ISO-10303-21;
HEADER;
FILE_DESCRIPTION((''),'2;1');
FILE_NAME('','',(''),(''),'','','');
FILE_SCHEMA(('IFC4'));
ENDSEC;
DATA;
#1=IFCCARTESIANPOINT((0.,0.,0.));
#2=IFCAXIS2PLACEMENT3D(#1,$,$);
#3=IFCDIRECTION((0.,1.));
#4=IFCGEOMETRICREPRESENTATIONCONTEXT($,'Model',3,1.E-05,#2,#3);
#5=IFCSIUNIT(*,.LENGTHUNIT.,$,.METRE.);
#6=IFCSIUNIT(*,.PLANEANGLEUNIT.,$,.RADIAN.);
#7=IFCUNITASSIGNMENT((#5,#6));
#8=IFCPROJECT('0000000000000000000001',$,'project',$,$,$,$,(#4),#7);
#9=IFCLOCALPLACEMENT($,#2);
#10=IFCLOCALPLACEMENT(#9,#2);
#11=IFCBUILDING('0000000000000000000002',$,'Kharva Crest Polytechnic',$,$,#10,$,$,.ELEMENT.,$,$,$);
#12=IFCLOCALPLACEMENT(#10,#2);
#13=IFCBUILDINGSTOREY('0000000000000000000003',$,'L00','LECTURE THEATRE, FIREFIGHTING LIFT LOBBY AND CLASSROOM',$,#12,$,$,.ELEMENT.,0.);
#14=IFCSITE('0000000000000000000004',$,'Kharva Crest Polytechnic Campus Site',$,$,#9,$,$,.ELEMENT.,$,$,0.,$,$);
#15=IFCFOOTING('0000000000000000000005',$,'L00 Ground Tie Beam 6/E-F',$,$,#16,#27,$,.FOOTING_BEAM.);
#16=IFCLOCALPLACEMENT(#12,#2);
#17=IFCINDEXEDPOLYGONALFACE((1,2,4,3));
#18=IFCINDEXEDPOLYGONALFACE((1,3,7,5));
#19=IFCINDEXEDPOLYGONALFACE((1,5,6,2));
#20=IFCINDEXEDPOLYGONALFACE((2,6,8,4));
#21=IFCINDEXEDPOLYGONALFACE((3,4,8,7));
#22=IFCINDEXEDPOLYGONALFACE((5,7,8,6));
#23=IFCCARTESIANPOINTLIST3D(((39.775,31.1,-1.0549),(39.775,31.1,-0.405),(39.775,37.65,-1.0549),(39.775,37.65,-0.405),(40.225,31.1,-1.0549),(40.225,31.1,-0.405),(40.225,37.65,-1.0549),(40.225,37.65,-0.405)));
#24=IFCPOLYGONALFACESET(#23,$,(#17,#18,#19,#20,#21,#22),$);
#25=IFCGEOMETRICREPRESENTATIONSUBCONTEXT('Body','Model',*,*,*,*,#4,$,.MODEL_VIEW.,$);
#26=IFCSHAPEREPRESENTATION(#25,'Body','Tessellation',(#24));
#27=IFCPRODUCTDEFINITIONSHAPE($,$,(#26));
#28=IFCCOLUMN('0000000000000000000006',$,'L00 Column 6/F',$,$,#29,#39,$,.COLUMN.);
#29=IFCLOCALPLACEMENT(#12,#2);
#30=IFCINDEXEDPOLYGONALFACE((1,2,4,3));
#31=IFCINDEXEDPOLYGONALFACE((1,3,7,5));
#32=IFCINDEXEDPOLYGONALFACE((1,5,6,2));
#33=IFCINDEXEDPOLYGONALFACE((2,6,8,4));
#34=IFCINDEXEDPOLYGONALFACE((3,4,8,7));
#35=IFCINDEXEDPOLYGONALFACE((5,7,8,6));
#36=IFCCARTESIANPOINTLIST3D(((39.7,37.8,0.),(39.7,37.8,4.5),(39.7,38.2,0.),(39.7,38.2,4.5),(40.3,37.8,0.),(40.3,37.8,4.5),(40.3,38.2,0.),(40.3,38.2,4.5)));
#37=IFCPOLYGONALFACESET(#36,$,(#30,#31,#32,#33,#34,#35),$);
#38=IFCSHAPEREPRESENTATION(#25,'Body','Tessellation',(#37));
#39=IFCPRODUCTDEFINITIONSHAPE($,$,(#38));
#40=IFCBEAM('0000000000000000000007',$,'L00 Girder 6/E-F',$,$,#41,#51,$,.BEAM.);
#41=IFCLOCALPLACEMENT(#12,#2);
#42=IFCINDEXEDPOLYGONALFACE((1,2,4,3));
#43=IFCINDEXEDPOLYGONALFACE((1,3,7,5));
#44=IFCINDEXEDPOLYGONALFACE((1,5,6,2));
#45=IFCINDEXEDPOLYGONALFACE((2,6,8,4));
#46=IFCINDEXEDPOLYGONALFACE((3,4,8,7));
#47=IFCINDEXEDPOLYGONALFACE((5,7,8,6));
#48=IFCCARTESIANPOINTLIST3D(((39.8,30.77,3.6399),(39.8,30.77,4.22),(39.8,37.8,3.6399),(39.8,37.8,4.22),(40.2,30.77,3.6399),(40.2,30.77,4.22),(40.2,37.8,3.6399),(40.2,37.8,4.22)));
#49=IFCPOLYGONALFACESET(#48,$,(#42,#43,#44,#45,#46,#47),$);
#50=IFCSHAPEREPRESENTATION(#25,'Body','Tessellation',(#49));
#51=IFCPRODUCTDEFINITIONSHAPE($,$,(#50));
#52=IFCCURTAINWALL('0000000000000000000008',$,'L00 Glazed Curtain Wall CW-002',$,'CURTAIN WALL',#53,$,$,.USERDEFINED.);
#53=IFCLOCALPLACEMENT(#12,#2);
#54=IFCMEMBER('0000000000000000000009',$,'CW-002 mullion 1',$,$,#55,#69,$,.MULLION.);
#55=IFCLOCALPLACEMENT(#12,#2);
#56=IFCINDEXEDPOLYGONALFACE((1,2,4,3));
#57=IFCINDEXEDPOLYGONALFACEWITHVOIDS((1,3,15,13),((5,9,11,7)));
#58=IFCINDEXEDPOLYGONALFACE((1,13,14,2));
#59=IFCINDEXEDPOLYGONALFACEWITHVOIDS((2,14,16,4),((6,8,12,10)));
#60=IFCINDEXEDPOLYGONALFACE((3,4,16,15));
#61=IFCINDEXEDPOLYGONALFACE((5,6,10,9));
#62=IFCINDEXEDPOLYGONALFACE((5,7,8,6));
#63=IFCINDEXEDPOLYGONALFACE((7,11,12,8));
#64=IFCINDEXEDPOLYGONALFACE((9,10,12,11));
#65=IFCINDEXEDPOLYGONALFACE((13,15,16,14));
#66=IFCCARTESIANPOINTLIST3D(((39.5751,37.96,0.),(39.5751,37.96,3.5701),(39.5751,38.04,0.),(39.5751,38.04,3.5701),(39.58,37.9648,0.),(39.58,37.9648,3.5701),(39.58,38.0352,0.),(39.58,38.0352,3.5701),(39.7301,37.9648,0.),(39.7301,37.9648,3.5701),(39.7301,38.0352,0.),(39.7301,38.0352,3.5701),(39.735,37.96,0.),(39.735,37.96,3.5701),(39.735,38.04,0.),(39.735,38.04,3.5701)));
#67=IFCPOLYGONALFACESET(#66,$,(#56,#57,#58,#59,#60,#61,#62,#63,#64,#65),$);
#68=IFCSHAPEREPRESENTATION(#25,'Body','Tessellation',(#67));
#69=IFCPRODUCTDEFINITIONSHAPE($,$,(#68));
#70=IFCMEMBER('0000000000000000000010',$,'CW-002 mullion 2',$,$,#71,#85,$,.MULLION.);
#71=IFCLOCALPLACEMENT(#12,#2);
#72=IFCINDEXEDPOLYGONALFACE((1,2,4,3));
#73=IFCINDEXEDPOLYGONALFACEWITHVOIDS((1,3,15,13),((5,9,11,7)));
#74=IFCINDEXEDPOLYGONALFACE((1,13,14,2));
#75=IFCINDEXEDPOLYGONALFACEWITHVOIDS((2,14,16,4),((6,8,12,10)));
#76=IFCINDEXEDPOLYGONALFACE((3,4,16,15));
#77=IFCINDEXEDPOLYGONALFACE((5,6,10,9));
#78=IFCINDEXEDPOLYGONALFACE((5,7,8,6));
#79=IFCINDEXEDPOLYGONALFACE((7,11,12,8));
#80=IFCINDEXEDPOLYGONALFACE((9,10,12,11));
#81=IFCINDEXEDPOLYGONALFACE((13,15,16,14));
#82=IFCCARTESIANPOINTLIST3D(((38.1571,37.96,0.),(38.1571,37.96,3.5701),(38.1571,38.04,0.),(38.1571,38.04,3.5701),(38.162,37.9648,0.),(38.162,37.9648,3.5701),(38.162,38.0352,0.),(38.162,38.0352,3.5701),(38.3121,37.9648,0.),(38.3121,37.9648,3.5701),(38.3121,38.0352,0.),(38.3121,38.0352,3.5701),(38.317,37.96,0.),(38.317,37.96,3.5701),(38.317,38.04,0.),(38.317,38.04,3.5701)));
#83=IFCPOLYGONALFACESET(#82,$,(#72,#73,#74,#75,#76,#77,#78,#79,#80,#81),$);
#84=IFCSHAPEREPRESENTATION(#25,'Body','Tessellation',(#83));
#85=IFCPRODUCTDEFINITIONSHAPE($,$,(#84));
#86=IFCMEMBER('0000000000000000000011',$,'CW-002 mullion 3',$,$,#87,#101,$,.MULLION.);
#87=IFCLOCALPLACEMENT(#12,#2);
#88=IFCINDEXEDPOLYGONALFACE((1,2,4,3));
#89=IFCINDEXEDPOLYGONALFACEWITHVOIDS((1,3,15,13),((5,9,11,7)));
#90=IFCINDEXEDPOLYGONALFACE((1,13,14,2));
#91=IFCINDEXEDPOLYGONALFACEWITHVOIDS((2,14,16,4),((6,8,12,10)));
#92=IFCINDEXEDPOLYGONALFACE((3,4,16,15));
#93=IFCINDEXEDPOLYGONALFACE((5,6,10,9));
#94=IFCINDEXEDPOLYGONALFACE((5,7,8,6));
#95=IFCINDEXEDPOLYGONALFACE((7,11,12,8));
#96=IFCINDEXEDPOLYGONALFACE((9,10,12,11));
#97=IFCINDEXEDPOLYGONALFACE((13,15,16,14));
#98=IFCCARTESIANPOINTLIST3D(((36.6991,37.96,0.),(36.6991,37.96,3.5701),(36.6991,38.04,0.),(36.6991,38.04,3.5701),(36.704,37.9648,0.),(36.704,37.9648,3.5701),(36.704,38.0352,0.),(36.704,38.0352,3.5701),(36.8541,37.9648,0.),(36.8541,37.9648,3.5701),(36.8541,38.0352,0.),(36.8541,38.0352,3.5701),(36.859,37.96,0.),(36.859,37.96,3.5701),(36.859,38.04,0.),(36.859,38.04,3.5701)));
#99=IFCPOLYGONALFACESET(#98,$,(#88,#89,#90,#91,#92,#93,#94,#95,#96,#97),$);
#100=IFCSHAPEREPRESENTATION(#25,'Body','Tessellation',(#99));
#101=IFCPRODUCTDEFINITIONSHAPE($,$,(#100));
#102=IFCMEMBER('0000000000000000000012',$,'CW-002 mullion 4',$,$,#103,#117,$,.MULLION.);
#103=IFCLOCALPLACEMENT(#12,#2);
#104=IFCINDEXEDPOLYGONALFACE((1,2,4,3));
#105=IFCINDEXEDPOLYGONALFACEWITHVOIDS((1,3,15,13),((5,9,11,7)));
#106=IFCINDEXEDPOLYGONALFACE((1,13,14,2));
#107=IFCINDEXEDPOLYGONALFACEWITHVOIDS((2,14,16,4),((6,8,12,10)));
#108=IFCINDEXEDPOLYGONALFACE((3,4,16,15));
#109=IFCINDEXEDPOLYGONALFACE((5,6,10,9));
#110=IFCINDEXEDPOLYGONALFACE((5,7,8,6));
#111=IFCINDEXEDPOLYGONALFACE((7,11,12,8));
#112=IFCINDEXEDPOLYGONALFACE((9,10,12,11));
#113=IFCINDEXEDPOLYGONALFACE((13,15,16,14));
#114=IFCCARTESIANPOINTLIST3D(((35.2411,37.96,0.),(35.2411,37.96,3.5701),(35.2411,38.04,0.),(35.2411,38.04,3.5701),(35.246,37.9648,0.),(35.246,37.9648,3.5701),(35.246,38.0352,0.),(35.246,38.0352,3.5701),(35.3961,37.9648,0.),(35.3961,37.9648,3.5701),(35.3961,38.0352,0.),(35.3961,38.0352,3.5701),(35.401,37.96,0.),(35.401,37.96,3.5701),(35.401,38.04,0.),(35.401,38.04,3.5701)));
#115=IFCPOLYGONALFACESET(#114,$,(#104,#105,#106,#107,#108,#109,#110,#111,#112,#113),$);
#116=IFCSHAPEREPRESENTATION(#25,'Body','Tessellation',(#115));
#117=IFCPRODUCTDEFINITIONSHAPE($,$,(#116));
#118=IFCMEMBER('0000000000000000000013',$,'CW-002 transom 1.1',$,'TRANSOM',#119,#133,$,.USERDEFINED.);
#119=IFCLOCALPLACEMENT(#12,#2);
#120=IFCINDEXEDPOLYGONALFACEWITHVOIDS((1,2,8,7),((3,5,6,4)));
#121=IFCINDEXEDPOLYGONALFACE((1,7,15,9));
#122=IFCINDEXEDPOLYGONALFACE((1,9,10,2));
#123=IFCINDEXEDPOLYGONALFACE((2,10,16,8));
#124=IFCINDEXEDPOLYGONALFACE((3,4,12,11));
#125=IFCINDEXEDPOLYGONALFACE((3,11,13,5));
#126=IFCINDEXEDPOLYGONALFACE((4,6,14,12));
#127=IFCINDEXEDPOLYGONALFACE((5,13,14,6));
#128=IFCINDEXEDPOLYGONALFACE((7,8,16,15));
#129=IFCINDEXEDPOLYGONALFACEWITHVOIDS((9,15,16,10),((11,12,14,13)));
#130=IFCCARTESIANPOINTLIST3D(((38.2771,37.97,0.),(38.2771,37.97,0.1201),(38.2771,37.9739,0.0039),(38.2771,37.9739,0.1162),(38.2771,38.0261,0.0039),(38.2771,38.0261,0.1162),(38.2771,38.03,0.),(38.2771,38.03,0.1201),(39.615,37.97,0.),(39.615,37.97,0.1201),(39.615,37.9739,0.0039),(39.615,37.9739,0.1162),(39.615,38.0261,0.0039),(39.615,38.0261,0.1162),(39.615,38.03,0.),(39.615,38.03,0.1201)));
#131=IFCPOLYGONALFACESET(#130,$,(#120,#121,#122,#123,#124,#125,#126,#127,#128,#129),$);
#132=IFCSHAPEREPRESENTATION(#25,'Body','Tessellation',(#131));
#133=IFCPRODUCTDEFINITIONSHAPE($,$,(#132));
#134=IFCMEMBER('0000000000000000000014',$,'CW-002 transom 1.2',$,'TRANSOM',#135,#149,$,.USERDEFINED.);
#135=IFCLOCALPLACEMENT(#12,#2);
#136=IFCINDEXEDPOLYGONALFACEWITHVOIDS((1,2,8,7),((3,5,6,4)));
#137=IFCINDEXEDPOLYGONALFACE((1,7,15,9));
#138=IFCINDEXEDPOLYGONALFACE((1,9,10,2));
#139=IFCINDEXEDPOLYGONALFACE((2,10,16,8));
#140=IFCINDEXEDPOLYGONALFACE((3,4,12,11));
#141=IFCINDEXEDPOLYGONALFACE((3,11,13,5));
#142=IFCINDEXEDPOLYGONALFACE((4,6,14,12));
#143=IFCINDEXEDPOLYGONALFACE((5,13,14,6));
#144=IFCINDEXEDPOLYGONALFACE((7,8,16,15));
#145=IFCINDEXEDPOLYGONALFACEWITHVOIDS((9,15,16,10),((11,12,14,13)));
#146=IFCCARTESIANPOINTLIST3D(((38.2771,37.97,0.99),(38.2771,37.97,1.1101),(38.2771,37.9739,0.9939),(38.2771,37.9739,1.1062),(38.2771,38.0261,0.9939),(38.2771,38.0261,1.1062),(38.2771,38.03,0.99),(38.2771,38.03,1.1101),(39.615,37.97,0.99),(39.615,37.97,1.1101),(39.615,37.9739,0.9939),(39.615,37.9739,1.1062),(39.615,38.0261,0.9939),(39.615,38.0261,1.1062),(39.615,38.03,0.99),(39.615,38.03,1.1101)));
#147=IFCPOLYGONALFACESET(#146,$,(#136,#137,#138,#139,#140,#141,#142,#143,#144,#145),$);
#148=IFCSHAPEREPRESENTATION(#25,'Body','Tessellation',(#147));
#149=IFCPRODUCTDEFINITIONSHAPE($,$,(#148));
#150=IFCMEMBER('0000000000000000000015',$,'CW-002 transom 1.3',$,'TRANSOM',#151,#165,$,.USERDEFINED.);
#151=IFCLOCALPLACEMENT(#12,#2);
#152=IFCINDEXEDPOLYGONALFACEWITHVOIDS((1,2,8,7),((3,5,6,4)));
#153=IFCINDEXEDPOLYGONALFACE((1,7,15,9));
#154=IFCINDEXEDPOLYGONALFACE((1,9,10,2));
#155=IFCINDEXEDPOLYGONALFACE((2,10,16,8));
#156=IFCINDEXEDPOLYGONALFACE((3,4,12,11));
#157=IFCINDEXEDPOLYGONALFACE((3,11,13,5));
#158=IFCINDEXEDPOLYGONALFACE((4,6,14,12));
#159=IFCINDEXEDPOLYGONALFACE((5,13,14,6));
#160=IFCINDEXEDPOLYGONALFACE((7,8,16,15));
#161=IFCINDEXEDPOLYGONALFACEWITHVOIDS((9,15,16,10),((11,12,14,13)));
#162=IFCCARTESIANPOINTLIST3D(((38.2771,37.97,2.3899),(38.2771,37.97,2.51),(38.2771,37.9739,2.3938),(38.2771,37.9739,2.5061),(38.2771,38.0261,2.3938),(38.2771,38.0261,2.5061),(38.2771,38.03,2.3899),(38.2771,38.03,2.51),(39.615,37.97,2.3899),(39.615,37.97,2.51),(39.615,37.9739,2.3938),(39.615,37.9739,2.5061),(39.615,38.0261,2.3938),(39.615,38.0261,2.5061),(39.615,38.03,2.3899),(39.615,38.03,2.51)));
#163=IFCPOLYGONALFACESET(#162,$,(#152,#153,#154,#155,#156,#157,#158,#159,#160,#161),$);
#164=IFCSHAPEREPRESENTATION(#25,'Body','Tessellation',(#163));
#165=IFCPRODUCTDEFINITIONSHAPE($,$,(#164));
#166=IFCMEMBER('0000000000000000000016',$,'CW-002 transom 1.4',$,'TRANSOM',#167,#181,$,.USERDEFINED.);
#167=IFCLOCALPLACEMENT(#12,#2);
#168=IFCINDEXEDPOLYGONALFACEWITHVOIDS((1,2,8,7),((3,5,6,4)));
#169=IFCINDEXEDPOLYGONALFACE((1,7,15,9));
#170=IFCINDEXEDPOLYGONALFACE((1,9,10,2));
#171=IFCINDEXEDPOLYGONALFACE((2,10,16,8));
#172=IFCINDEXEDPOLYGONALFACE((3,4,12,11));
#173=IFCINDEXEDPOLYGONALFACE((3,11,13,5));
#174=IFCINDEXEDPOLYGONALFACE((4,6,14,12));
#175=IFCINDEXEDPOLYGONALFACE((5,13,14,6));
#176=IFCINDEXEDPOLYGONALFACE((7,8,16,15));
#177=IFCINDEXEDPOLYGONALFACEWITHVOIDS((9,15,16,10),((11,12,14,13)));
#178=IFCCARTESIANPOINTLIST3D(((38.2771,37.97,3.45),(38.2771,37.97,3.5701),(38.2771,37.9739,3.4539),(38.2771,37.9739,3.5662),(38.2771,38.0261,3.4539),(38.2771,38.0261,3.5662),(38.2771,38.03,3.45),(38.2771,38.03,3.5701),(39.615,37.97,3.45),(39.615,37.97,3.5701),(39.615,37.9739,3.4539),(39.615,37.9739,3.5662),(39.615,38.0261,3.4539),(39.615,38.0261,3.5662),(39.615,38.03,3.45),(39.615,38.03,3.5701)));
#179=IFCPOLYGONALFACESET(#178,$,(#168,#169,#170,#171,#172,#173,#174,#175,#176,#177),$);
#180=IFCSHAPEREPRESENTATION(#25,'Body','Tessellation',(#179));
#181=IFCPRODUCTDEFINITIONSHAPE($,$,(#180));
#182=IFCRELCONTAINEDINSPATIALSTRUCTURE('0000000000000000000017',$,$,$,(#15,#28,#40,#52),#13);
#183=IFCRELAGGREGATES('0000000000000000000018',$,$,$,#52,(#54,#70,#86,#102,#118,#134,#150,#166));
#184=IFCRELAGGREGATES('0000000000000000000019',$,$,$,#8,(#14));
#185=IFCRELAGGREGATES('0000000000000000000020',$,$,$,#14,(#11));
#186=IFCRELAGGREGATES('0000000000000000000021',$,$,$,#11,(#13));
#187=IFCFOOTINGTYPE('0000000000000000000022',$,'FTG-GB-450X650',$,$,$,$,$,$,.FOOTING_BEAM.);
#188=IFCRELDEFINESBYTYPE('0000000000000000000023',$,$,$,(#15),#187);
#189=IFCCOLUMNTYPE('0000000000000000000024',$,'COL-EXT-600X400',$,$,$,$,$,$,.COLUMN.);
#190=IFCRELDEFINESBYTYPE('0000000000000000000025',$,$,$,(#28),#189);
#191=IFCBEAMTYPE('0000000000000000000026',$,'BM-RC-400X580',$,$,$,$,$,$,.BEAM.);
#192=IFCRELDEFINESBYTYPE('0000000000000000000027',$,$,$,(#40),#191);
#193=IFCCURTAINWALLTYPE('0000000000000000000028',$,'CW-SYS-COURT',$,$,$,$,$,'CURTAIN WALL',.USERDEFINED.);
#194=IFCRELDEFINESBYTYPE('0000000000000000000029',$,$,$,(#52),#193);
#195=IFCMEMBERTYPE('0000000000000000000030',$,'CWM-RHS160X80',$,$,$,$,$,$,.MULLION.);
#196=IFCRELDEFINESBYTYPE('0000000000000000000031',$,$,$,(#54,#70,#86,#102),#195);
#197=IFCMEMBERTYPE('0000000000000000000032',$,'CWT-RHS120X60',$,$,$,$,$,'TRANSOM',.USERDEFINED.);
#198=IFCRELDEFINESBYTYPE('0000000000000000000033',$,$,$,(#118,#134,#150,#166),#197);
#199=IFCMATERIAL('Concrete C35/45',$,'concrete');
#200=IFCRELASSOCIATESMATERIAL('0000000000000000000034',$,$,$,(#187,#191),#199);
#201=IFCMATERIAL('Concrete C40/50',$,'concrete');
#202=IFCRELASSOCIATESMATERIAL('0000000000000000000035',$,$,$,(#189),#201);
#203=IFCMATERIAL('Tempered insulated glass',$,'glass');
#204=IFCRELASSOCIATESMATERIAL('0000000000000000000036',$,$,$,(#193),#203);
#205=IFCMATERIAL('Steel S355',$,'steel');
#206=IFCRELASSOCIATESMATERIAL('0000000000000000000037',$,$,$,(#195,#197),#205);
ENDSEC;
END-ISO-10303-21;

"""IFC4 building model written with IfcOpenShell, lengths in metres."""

from ifc_helpers import new_model, si_unit, direction, frame, origin, origin_2d, place, context, subcontext, project, spatial, rectangle, hollow_rectangle, extrude, material, material_profile, profile_set, type_object, element, aggregate, save


model = new_model("IFC4")

# Units and contexts
model_context = context("Model", 3, precision=1e-05, world=origin(), true_north=direction((0.0, 1.0)))
body_context = subcontext(model_context, "Body", "Model", "MODEL_VIEW")
ifc_project = project(units=[si_unit("LENGTHUNIT", "METRE"), si_unit("PLANEANGLEUNIT", "RADIAN")], contexts=[model_context])

# Site, building, storey
site_placement = place(None, origin())
site = spatial("IfcSite", under=ifc_project, at=site_placement, Name="Kharva Crest Polytechnic Campus Site", CompositionType="ELEMENT", RefElevation=0.0)
building_placement = place(site_placement, origin())
building = spatial("IfcBuilding", under=site, at=building_placement, Name="Kharva Crest Polytechnic", CompositionType="ELEMENT")
storey_placement = place(building_placement, origin())
storey = spatial("IfcBuildingStorey", under=building, at=storey_placement, Name="L00", Description="LECTURE THEATRE, FIREFIGHTING LIFT LOBBY AND CLASSROOM", CompositionType="ELEMENT", Elevation=0.0)

# Footing
ifc_material_1 = material(Name="Concrete C35/45", Category="concrete")
footing_type = type_object("IfcFootingType", Name="FTG-GB-450X650", PredefinedType="FOOTING_BEAM", material=ifc_material_1)
footing_placement = place(storey_placement, frame((40.0, 34.375, -1.0549), z_axis=(0.0, 0.0, 1.0), x_axis=(0.0, 1.0, 0.0)))
element("IfcFooting", 1, at=footing_placement, inside=storey, type_object=footing_type, Name="L00 Ground Tie Beam 6/E-F", PredefinedType="FOOTING_BEAM", context=body_context, shape_type="SweptSolid", body=[
    extrude(rectangle(XDim=6.55, YDim=0.45, at=origin_2d()), origin(), (0.0, 0.0, 1.0), 0.6499),
])

# Column
ifc_material_2 = material(Name="Concrete C40/50", Category="concrete")
ifc_material_profile_1 = material_profile(ifc_material_2, rectangle(XDim=0.6001, YDim=0.3999, at=origin_2d()), Name="RECT 600 X 400")
ifc_profile_set_1 = profile_set([ifc_material_profile_1], Name="Concrete C40/50")
column_type = type_object("IfcColumnType", Name="COL-EXT-600X400", PredefinedType="COLUMN", material=ifc_profile_set_1)
column_placement = place(storey_placement, frame((40.0, 38.0, 0.0), z_axis=(0.0, 0.0, 1.0), x_axis=(1.0, 0.0, 0.0)))
element("IfcColumn", 2, at=column_placement, inside=storey, type_object=column_type, Name="L00 Column 6/F", PredefinedType="COLUMN", context=body_context, shape_type="SweptSolid", body=[
    extrude(rectangle(XDim=0.6001, YDim=0.3999, at=origin_2d()), origin(), (0.0, 0.0, 1.0), 4.5),
])

# Beam
ifc_material_profile_2 = material_profile(ifc_material_1, rectangle(XDim=0.3999, YDim=0.5801, at=origin_2d()), Name="RECT 400 X 580")
ifc_profile_set_2 = profile_set([ifc_material_profile_2], Name="Concrete C35/45")
beam_type = type_object("IfcBeamType", Name="BM-RC-400X580", PredefinedType="BEAM", material=ifc_profile_set_2)
beam_placement = place(storey_placement, frame((40.0, 30.77, 3.9299), z_axis=(0.0, 1.0, 0.0), x_axis=(-1.0, 0.0, 0.0)))
element("IfcBeam", 3, at=beam_placement, inside=storey, type_object=beam_type, Name="L00 Girder 6/E-F", PredefinedType="BEAM", context=body_context, shape_type="SweptSolid", body=[
    extrude(rectangle(XDim=0.3999, YDim=0.5801, at=origin_2d()), origin(), (0.0, 0.0, 1.0), 7.03),
])

# Curtain wall, members
ifc_material_3 = material(Name="Tempered insulated glass", Category="glass")
curtain_wall_type = type_object("IfcCurtainWallType", Name="CW-SYS-COURT", ElementType="CURTAIN WALL", PredefinedType="USERDEFINED", material=ifc_material_3)
curtain_wall_placement = place(storey_placement, origin())
curtain_wall = element("IfcCurtainWall", 4, at=curtain_wall_placement, inside=storey, type_object=curtain_wall_type, Name="L00 Glazed Curtain Wall CW-002", ObjectType="CURTAIN WALL", PredefinedType="USERDEFINED")
ifc_material_4 = material(Name="Steel S355", Category="steel")
ifc_material_profile_3 = material_profile(ifc_material_4, hollow_rectangle(XDim=0.0801, YDim=0.1599, WallThickness=0.0049, at=origin_2d()), Name="RHS 160X80X5.0")
ifc_profile_set_3 = profile_set([ifc_material_profile_3], Name="Steel S355")
member_type_1 = type_object("IfcMemberType", Name="CWM-RHS160X80", PredefinedType="MULLION", material=ifc_profile_set_3)
member_1_placement = place(storey_placement, frame((39.655, 38.0, 0.0), z_axis=(0.0, 0.0, 1.0), x_axis=(0.0, -1.0, 0.0)))
member_1 = element("IfcMember", 5, at=member_1_placement, type_object=member_type_1, Name="CW-002 mullion 1", PredefinedType="MULLION", context=body_context, shape_type="SweptSolid", body=[
    extrude(hollow_rectangle(XDim=0.0801, YDim=0.1599, WallThickness=0.0049, at=origin_2d()), origin(), (0.0, 0.0, 1.0), 3.5701),
])
member_2_placement = place(storey_placement, frame((38.2371, 38.0, 0.0), z_axis=(0.0, 0.0, 1.0), x_axis=(0.0, -1.0, 0.0)))
member_2 = element("IfcMember", 6, at=member_2_placement, type_object=member_type_1, Name="CW-002 mullion 2", PredefinedType="MULLION", context=body_context, shape_type="SweptSolid", body=[
    extrude(hollow_rectangle(XDim=0.0801, YDim=0.1599, WallThickness=0.0049, at=origin_2d()), origin(), (0.0, 0.0, 1.0), 3.5701),
])
member_3_placement = place(storey_placement, frame((36.7791, 38.0, 0.0), z_axis=(0.0, 0.0, 1.0), x_axis=(0.0, -1.0, 0.0)))
member_3 = element("IfcMember", 7, at=member_3_placement, type_object=member_type_1, Name="CW-002 mullion 3", PredefinedType="MULLION", context=body_context, shape_type="SweptSolid", body=[
    extrude(hollow_rectangle(XDim=0.0801, YDim=0.1599, WallThickness=0.0049, at=origin_2d()), origin(), (0.0, 0.0, 1.0), 3.5701),
])
member_4_placement = place(storey_placement, frame((35.321, 38.0, 0.0), z_axis=(0.0, 0.0, 1.0), x_axis=(0.0, -1.0, 0.0)))
member_4 = element("IfcMember", 8, at=member_4_placement, type_object=member_type_1, Name="CW-002 mullion 4", PredefinedType="MULLION", context=body_context, shape_type="SweptSolid", body=[
    extrude(hollow_rectangle(XDim=0.0801, YDim=0.1599, WallThickness=0.0049, at=origin_2d()), origin(), (0.0, 0.0, 1.0), 3.5701),
])
ifc_material_profile_4 = material_profile(ifc_material_4, hollow_rectangle(XDim=0.0601, YDim=0.1201, WallThickness=0.0039, at=origin_2d()), Name="RHS 120X60X4.0")
ifc_profile_set_4 = profile_set([ifc_material_profile_4], Name="Steel S355")
member_type_2 = type_object("IfcMemberType", Name="CWT-RHS120X60", ElementType="TRANSOM", PredefinedType="USERDEFINED", material=ifc_profile_set_4)
member_5_placement = place(storey_placement, frame((39.615, 38.0, 0.0601), z_axis=(-1.0, 0.0, 0.0), x_axis=(0.0, -1.0, 0.0)))
member_5 = element("IfcMember", 9, at=member_5_placement, type_object=member_type_2, Name="CW-002 transom 1.1", ObjectType="TRANSOM", PredefinedType="USERDEFINED", context=body_context, shape_type="SweptSolid", body=[
    extrude(hollow_rectangle(XDim=0.0601, YDim=0.1201, WallThickness=0.0039, at=origin_2d()), origin(), (0.0, 0.0, 1.0), 1.3379),
])
member_6_placement = place(storey_placement, frame((39.615, 38.0, 1.05), z_axis=(-1.0, 0.0, 0.0), x_axis=(0.0, -1.0, 0.0)))
member_6 = element("IfcMember", 10, at=member_6_placement, type_object=member_type_2, Name="CW-002 transom 1.2", ObjectType="TRANSOM", PredefinedType="USERDEFINED", context=body_context, shape_type="SweptSolid", body=[
    extrude(hollow_rectangle(XDim=0.0601, YDim=0.1201, WallThickness=0.0039, at=origin_2d()), origin(), (0.0, 0.0, 1.0), 1.3379),
])
member_7_placement = place(storey_placement, frame((39.615, 38.0, 2.45), z_axis=(-1.0, 0.0, 0.0), x_axis=(0.0, -1.0, 0.0)))
member_7 = element("IfcMember", 11, at=member_7_placement, type_object=member_type_2, Name="CW-002 transom 1.3", ObjectType="TRANSOM", PredefinedType="USERDEFINED", context=body_context, shape_type="SweptSolid", body=[
    extrude(hollow_rectangle(XDim=0.0601, YDim=0.1201, WallThickness=0.0039, at=origin_2d()), origin(), (0.0, 0.0, 1.0), 1.3379),
])
member_8_placement = place(storey_placement, frame((39.615, 38.0, 3.51), z_axis=(-1.0, 0.0, 0.0), x_axis=(0.0, -1.0, 0.0)))
member_8 = element("IfcMember", 12, at=member_8_placement, type_object=member_type_2, Name="CW-002 transom 1.4", ObjectType="TRANSOM", PredefinedType="USERDEFINED", context=body_context, shape_type="SweptSolid", body=[
    extrude(hollow_rectangle(XDim=0.0601, YDim=0.1201, WallThickness=0.0039, at=origin_2d()), origin(), (0.0, 0.0, 1.0), 1.3379),
])
aggregate(curtain_wall, [member_1, member_2, member_3, member_4, member_5, member_6, member_7, member_8])

save(model, "model.ifc")
